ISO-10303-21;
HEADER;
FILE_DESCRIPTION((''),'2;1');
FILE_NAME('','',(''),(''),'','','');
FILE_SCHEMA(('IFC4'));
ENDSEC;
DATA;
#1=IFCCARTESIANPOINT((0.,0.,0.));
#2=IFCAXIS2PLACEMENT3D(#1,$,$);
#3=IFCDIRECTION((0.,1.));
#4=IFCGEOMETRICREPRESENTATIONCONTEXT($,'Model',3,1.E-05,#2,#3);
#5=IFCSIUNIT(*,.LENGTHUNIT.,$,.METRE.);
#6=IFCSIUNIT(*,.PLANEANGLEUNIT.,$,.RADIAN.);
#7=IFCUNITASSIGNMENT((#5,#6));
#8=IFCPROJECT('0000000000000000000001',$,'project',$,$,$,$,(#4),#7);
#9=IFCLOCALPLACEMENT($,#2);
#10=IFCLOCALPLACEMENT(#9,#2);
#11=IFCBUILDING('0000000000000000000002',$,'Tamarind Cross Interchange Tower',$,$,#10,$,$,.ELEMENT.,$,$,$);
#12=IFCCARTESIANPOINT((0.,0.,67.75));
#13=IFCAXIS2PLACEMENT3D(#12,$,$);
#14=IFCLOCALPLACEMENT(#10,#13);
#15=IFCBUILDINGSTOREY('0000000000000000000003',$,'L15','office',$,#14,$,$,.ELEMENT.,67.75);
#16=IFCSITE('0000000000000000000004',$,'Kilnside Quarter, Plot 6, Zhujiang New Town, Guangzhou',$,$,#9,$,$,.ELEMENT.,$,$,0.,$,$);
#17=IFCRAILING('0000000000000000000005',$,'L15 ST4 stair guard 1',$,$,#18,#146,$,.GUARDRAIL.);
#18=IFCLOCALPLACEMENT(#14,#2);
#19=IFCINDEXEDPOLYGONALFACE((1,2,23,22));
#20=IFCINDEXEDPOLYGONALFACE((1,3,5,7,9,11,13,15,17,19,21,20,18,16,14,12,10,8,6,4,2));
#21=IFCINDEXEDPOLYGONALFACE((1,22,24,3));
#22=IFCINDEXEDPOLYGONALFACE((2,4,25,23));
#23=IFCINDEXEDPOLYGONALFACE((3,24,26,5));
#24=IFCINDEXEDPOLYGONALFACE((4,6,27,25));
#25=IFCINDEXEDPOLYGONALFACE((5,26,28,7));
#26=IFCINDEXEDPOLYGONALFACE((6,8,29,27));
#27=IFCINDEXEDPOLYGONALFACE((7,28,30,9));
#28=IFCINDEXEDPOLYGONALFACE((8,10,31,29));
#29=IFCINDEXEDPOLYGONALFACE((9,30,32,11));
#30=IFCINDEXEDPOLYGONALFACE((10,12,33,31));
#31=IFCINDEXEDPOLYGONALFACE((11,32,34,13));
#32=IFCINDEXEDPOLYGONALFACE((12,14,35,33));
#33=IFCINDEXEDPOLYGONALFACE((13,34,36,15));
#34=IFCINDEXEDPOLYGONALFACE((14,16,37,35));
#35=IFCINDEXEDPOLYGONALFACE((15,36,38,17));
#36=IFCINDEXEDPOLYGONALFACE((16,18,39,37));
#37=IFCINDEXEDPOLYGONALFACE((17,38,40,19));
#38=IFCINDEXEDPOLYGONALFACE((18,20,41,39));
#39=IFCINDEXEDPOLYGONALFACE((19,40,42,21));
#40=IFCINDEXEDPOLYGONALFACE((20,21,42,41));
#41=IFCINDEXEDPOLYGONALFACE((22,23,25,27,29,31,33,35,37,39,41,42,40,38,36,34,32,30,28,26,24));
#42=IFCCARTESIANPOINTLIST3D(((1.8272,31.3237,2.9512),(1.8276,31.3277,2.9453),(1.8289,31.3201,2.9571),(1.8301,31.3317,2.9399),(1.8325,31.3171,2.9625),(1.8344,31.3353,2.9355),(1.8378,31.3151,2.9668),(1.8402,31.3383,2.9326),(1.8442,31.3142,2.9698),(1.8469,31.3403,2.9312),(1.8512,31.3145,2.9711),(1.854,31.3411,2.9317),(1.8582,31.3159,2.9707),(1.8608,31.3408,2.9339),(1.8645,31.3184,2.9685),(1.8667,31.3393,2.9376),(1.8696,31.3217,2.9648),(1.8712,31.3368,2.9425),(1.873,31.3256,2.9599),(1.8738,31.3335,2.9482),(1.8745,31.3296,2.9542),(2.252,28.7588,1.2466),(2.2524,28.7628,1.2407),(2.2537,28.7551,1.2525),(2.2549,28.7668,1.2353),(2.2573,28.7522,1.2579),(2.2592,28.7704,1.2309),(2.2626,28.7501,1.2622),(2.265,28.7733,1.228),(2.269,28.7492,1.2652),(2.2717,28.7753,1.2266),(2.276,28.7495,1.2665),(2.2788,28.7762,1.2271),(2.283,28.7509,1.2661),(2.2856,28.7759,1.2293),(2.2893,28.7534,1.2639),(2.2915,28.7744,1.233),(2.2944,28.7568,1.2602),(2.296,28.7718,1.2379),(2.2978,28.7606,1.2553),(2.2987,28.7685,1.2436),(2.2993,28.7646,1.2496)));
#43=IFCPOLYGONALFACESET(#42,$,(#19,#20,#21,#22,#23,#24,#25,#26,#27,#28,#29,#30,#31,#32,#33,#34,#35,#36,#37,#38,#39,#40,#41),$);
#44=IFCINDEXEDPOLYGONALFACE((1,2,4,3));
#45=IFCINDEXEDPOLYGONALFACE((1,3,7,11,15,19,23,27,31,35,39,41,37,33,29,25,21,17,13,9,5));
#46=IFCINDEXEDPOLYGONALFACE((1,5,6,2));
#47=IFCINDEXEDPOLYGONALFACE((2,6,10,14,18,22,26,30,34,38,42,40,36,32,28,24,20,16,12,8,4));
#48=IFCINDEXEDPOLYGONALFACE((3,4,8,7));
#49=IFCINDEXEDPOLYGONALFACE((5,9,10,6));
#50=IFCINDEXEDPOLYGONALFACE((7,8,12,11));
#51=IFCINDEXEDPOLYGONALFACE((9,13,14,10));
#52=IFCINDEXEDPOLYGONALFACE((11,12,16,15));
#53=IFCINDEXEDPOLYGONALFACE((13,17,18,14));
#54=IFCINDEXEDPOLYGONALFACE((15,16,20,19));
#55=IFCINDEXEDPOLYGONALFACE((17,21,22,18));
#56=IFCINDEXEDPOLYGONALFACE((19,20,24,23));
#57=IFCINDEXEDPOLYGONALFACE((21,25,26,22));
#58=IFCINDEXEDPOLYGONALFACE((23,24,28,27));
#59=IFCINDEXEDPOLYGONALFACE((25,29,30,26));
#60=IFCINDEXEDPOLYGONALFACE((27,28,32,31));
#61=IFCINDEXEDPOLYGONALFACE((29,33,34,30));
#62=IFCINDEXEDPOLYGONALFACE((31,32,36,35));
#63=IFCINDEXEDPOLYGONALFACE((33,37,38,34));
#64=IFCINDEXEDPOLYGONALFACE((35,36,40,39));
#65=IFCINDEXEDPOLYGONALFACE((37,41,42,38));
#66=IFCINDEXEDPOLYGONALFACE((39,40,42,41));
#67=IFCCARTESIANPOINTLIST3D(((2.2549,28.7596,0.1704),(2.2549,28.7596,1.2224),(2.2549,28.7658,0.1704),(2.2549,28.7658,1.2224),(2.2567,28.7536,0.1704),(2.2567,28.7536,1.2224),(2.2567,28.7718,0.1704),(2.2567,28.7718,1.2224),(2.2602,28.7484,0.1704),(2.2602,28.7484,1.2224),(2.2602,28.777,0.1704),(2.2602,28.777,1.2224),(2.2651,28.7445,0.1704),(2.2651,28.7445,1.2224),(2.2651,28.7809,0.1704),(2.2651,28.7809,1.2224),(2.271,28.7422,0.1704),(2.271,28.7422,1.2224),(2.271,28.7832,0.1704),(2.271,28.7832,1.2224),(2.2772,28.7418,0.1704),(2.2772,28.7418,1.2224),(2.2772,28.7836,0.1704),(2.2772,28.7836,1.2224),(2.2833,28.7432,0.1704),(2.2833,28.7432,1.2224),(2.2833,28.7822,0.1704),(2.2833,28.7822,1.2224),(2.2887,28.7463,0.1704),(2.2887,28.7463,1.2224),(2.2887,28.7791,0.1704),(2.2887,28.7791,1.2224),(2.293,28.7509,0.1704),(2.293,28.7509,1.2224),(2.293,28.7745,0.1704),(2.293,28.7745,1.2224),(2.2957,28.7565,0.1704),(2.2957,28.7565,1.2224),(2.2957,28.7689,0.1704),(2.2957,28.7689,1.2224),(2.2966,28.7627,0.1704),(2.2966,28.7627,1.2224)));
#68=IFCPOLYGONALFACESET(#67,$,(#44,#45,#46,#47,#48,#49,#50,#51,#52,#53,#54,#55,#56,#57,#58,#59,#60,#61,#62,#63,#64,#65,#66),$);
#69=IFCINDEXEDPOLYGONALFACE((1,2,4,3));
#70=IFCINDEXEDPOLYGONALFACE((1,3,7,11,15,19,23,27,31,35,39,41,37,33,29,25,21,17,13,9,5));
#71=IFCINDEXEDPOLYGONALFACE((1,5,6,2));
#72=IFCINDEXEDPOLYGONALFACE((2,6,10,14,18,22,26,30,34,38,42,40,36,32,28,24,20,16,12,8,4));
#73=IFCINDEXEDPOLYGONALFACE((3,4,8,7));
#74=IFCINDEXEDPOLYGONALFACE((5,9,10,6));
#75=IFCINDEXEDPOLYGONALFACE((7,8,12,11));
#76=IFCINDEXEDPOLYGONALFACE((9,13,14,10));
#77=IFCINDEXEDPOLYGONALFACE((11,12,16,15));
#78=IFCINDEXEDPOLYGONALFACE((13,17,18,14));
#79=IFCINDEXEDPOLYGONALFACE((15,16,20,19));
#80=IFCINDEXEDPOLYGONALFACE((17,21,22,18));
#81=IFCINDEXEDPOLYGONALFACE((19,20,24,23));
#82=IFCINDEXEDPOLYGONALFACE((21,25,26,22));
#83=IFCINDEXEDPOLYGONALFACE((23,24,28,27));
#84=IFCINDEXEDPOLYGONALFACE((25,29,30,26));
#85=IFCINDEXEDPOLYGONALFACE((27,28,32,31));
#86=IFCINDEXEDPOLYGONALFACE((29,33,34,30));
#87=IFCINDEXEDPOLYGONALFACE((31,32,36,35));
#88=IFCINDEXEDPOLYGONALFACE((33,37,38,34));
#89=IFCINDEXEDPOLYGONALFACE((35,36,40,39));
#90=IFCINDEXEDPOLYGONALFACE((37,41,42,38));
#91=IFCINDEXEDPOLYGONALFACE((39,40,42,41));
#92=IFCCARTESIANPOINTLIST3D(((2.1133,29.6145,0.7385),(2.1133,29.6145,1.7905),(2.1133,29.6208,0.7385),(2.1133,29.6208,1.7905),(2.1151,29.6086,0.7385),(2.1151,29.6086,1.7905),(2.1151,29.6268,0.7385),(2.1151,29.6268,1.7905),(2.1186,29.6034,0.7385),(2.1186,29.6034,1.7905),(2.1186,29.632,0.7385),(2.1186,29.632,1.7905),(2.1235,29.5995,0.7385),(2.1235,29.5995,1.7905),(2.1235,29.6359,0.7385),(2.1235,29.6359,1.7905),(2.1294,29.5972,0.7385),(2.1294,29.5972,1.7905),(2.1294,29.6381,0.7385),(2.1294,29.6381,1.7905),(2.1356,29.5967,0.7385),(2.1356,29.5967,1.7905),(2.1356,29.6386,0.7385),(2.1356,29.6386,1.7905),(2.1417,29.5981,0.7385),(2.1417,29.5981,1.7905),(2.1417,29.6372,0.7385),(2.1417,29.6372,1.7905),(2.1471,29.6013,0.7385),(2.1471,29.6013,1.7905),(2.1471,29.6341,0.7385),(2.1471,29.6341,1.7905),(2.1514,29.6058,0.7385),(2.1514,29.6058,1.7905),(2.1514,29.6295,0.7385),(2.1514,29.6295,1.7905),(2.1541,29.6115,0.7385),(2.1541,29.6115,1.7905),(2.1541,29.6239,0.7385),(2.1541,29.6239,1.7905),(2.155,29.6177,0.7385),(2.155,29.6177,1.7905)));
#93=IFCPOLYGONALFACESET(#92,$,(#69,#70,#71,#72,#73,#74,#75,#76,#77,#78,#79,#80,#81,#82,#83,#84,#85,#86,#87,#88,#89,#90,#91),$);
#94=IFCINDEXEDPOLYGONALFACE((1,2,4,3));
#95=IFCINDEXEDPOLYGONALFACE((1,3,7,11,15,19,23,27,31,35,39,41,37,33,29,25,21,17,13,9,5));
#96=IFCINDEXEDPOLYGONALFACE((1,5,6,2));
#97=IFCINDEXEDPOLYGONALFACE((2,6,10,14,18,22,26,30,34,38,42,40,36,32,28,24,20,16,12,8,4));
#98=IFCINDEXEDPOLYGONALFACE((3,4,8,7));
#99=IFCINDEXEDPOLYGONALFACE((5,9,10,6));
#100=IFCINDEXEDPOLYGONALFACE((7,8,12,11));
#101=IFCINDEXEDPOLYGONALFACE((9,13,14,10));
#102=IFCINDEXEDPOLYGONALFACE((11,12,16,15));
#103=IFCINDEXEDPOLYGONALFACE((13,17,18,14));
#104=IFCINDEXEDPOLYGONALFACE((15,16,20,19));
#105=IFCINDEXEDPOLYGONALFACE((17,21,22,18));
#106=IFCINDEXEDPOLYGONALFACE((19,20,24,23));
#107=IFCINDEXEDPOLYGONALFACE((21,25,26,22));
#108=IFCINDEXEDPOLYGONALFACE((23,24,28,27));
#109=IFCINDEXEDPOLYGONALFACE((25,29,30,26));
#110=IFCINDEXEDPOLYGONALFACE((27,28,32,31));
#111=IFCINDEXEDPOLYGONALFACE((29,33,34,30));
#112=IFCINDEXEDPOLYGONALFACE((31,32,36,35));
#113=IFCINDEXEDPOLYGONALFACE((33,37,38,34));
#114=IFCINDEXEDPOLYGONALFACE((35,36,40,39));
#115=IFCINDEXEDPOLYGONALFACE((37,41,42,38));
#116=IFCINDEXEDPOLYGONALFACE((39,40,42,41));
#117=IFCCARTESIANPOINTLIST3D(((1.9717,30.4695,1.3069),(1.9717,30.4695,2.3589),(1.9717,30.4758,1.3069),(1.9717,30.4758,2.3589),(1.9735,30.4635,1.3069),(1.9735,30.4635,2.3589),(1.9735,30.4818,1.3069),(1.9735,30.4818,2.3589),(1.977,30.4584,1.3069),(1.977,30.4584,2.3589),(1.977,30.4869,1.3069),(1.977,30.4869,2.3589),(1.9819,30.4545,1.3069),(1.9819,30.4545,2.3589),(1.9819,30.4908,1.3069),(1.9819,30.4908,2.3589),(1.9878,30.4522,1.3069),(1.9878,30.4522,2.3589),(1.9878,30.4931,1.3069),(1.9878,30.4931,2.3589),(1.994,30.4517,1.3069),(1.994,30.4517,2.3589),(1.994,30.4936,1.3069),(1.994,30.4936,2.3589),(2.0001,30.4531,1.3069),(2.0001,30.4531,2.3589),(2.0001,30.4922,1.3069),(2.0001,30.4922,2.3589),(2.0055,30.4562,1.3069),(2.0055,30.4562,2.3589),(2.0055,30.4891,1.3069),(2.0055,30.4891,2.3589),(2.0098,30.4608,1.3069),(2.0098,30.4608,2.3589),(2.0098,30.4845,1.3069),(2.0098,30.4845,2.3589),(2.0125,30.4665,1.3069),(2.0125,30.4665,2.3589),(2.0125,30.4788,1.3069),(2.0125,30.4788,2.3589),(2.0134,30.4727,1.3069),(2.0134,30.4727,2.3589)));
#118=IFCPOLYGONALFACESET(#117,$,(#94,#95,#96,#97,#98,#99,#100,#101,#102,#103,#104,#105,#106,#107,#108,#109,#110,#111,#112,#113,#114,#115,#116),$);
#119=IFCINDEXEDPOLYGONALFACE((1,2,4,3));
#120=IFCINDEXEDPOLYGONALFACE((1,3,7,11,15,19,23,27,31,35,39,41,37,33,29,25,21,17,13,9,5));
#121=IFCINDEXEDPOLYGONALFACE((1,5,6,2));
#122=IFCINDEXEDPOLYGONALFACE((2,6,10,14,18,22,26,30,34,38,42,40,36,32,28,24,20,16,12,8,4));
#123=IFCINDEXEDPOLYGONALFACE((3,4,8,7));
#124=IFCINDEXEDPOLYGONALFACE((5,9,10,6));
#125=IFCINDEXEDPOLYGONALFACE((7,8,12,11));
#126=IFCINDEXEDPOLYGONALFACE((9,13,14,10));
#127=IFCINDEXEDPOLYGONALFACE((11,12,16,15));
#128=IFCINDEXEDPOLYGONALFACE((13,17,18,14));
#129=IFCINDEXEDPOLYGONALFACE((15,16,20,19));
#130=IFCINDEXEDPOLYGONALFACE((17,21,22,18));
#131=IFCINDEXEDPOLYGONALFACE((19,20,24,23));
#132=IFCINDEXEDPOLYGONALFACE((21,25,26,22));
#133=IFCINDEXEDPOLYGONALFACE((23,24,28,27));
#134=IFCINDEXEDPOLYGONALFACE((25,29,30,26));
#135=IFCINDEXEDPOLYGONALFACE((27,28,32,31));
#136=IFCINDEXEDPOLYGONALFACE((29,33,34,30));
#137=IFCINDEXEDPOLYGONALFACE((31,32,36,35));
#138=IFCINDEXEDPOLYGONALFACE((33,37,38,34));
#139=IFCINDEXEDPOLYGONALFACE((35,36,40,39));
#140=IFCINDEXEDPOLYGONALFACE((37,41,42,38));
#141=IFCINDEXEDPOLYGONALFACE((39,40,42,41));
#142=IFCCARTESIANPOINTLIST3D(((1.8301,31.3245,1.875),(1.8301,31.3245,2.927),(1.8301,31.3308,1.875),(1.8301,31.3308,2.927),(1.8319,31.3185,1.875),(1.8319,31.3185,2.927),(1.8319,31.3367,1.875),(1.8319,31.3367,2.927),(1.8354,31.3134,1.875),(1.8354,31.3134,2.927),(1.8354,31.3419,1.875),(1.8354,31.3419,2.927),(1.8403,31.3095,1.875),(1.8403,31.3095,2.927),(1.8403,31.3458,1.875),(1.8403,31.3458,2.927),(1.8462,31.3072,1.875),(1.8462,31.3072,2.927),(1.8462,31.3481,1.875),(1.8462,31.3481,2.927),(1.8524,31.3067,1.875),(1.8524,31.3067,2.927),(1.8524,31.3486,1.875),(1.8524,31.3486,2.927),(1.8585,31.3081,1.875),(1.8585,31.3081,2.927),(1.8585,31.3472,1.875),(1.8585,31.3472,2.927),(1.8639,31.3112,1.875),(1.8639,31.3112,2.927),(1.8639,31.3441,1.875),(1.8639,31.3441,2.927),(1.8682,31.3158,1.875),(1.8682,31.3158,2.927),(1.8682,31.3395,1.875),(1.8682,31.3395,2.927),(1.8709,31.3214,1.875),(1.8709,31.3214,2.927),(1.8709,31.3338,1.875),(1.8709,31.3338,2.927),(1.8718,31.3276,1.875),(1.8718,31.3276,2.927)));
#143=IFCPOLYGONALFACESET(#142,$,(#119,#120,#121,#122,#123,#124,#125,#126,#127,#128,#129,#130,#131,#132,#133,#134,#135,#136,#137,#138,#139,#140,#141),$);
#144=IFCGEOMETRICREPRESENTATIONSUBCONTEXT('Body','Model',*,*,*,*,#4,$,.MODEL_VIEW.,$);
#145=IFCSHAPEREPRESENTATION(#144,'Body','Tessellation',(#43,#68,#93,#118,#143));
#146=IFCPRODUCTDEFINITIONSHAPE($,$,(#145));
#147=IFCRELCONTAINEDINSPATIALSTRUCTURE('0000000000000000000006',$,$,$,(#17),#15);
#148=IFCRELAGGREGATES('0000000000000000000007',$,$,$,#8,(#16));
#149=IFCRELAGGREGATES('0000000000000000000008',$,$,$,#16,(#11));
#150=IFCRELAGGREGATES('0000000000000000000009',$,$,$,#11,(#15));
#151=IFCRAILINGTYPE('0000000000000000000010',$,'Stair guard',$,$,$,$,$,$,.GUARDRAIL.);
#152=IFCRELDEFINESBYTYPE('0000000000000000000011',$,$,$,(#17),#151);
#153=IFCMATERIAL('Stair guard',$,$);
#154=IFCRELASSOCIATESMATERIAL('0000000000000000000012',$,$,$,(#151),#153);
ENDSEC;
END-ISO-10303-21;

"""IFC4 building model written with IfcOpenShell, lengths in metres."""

from ifc_helpers import new_model, si_unit, direction, frame, origin, origin_2d, place, context, subcontext, project, spatial, circle, extrude, material, type_object, element, save


model = new_model("IFC4")

# Units and contexts
model_context = context("Model", 3, precision=1e-05, world=origin(), true_north=direction((0.0, 1.0)))
body_context = subcontext(model_context, "Body", "Model", "MODEL_VIEW")
ifc_project = project(units=[si_unit("LENGTHUNIT", "METRE"), si_unit("PLANEANGLEUNIT", "RADIAN")], contexts=[model_context])

# Site, building, storey
site_placement = place(None, origin())
site = spatial("IfcSite", under=ifc_project, at=site_placement, Name="Kilnside Quarter, Plot 6, Zhujiang New Town, Guangzhou", CompositionType="ELEMENT", RefElevation=0.0)
building_placement = place(site_placement, origin())
building = spatial("IfcBuilding", under=site, at=building_placement, Name="Tamarind Cross Interchange Tower", CompositionType="ELEMENT")
storey_placement = place(building_placement, frame((0.0, 0.0, 67.75)))
storey = spatial("IfcBuildingStorey", under=building, at=storey_placement, Name="L15", Description="office", CompositionType="ELEMENT", Elevation=67.75)

# Railing
ifc_material_1 = material(Name="Stair guard")
railing_type_1 = type_object("IfcRailingType", Name="Stair guard", PredefinedType="GUARDRAIL", material=ifc_material_1)
railing_1_placement = place(storey_placement, frame((2.2756, 28.7627, 0.1704)))
element("IfcRailing", 1, at=railing_1_placement, inside=storey, type_object=railing_type_1, Name="L15 ST4 stair guard 1", PredefinedType="GUARDRAIL", context=body_context, shape_type="SweptSolid", body=[
    extrude(circle(Radius=0.0239, at=origin_2d()), frame((0.0, 0.0, 1.0762), z_axis=(-0.136643, 0.825042, 0.548301), x_axis=(-0.986561, -0.163394, 0.0)), (0.0, 0.0, 1.0), 3.1089),
    extrude(circle(Radius=0.021, at=origin_2d()), origin(), (0.0, 0.0, 1.0), 1.052),
    extrude(circle(Radius=0.021, at=origin_2d()), frame((-0.1416, 0.855, 0.5681)), (0.0, 0.0, 1.0), 1.052),
    extrude(circle(Radius=0.021, at=origin_2d()), frame((-0.2832, 1.71, 1.1365)), (0.0, 0.0, 1.0), 1.052),
    extrude(circle(Radius=0.021, at=origin_2d()), frame((-0.4248, 2.5649, 1.7046)), (0.0, 0.0, 1.0), 1.052),
])

save(model, "model.ifc")
